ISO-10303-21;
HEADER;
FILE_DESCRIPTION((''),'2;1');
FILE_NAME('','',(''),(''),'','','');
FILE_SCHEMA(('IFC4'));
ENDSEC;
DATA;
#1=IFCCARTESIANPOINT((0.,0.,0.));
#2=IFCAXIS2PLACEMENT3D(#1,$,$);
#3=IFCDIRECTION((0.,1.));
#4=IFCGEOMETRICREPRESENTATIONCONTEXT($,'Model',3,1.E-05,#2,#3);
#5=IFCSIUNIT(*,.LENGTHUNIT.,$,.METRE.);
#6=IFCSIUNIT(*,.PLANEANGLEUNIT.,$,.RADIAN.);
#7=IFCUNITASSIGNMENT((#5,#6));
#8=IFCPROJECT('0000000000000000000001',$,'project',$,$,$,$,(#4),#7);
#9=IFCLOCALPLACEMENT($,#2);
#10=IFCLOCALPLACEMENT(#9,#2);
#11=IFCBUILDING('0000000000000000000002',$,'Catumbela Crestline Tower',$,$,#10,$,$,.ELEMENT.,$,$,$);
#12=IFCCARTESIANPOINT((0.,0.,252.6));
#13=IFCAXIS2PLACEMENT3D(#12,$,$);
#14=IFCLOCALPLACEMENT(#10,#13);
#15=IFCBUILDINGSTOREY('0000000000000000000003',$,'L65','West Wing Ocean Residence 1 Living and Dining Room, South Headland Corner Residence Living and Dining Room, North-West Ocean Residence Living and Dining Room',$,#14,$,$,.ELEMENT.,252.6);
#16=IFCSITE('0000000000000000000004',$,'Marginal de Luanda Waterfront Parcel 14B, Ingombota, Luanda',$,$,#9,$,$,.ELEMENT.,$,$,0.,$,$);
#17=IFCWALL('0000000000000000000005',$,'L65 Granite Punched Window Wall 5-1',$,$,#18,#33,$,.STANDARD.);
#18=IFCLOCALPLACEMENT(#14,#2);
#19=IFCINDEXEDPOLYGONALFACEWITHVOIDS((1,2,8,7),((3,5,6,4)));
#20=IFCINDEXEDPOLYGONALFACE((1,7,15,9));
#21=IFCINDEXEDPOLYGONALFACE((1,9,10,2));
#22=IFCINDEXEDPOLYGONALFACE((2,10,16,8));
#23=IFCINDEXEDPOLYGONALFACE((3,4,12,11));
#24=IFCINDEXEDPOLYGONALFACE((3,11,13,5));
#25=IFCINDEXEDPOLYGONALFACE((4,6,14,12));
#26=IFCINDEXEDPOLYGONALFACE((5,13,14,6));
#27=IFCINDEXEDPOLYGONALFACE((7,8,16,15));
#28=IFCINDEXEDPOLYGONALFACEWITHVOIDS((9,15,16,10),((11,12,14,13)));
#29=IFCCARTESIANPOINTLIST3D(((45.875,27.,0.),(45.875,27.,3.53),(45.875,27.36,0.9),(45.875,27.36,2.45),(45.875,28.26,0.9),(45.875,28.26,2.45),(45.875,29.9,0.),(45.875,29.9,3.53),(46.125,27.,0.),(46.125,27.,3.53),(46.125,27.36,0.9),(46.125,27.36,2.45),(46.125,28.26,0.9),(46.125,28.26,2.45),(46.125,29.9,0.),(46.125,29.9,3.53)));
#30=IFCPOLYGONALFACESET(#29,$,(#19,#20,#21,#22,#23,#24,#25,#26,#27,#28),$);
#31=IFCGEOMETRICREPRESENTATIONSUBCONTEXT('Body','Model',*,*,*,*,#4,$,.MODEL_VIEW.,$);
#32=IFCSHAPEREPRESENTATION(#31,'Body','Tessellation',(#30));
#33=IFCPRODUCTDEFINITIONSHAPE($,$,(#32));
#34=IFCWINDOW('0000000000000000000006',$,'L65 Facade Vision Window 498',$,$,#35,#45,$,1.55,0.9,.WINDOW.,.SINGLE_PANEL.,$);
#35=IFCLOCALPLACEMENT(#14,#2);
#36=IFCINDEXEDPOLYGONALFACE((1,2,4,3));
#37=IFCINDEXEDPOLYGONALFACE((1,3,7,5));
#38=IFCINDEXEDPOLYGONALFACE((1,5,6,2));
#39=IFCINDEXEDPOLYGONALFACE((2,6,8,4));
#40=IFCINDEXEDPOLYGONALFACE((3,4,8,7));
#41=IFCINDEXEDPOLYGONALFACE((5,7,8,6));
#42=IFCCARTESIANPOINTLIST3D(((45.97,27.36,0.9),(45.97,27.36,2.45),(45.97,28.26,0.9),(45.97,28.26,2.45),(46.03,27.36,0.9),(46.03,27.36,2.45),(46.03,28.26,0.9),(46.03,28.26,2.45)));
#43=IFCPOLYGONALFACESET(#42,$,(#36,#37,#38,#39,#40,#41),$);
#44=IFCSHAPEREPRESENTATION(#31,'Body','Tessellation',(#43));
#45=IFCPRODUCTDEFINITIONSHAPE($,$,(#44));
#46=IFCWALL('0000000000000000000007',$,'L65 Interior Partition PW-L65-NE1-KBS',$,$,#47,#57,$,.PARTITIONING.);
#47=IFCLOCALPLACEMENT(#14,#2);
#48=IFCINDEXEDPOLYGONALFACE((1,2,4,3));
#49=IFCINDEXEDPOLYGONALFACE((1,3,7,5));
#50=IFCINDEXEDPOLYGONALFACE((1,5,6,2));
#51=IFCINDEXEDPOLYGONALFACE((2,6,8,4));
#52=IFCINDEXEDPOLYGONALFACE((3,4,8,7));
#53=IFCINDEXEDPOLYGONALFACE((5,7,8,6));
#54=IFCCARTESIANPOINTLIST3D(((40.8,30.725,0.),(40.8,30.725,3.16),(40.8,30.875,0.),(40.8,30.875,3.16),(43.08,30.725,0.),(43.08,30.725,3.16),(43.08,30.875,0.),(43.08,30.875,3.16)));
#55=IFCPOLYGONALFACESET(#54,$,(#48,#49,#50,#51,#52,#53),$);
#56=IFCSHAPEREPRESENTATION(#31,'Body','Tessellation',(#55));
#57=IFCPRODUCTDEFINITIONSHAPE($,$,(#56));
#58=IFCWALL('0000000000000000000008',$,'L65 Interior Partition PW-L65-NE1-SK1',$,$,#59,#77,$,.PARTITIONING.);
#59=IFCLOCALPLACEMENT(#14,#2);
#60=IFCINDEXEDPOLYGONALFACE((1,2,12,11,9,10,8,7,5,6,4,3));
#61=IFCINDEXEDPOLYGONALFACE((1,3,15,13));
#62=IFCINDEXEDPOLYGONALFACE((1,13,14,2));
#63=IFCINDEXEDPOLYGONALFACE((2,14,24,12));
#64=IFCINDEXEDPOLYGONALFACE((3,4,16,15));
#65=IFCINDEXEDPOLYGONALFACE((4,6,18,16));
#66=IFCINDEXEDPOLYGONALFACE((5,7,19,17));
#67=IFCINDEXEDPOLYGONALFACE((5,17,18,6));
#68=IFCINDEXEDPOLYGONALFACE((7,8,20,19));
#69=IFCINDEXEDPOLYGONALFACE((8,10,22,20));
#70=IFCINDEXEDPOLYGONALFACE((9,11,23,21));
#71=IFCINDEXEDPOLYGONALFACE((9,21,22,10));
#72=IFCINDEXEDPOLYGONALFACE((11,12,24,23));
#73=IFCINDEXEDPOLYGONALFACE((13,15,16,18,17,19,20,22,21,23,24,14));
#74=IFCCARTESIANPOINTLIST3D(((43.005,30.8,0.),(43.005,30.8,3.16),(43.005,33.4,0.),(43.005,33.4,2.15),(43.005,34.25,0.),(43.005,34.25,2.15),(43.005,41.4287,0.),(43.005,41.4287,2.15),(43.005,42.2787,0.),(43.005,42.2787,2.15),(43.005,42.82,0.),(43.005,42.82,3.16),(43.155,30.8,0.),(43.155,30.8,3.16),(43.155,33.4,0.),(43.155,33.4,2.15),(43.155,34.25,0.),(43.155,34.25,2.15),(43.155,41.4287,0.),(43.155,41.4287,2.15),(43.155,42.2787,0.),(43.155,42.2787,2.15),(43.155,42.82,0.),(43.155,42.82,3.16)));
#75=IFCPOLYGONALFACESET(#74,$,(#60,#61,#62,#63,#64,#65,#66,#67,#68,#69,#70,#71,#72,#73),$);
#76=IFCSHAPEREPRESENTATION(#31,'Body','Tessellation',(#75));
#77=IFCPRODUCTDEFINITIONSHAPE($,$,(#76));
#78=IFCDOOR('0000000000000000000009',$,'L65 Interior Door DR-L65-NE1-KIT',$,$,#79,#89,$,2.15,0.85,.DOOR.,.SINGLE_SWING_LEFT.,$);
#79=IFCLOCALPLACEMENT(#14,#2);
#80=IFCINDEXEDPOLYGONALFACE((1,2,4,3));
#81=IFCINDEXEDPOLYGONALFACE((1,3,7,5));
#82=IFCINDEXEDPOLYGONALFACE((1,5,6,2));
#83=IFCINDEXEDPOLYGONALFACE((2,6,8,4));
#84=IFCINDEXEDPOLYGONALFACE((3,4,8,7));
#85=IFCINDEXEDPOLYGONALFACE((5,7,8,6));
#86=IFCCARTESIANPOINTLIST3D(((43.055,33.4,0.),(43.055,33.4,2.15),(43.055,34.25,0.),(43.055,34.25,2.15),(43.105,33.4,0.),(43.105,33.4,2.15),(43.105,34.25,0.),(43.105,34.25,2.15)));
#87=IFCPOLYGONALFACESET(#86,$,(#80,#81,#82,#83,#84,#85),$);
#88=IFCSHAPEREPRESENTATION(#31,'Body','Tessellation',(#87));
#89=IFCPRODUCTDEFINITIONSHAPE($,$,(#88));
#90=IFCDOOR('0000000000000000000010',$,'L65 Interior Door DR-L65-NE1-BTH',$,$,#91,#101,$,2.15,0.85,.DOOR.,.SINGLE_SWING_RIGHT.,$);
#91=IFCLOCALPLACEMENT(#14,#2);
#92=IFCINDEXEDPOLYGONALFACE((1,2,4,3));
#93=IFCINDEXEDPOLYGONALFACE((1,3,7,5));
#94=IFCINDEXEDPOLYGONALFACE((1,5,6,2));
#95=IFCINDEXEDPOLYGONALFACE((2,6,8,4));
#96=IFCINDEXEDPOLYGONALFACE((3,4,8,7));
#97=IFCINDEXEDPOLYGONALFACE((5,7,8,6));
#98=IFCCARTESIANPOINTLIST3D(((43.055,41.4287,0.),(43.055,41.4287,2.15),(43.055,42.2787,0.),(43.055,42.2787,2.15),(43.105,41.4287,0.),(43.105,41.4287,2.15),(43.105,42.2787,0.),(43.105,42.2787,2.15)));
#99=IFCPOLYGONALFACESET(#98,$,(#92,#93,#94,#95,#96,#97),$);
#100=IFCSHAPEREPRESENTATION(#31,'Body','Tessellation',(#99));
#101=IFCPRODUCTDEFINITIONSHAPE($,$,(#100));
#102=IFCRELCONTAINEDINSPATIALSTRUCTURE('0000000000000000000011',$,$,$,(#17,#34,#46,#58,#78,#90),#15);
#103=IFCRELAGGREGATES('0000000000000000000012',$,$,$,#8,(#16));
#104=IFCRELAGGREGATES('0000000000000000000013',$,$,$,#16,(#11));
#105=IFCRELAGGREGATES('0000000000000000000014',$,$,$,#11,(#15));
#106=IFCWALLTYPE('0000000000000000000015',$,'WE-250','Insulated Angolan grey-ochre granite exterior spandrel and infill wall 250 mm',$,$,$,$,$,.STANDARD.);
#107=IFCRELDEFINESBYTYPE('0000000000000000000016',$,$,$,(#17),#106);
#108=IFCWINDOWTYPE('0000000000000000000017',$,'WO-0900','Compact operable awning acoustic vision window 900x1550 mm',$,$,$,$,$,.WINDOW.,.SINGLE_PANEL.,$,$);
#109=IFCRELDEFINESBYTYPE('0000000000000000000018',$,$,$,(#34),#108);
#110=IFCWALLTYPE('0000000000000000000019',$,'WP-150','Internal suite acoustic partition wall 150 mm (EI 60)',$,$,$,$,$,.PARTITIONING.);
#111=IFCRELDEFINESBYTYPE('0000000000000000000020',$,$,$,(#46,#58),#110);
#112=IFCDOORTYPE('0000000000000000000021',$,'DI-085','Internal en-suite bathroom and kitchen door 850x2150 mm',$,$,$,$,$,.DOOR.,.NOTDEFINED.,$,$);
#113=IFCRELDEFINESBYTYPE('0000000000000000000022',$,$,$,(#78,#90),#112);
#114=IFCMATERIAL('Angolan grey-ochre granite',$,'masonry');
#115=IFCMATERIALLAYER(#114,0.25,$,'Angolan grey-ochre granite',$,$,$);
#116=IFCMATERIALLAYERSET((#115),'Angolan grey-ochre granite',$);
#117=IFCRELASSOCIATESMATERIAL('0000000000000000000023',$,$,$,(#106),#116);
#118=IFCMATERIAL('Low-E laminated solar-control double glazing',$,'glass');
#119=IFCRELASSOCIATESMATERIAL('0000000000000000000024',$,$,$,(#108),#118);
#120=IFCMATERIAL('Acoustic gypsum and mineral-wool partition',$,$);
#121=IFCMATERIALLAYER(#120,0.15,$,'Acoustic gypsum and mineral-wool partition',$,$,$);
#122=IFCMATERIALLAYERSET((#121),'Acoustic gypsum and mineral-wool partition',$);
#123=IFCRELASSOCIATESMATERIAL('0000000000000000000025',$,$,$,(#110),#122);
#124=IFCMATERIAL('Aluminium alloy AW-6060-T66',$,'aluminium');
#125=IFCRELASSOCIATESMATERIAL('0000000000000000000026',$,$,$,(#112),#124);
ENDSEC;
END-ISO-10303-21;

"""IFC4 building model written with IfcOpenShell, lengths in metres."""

from ifc_helpers import new_model, si_unit, direction, frame, frame_2d, origin, place, context, subcontext, project, spatial, rectangle, extrude, material, layer, layer_set, type_object, element, fill, save


model = new_model("IFC4")

# Units and contexts
model_context = context("Model", 3, precision=1e-05, world=origin(), true_north=direction((0.0, 1.0)))
body_context = subcontext(model_context, "Body", "Model", "MODEL_VIEW")
ifc_project = project(units=[si_unit("LENGTHUNIT", "METRE"), si_unit("PLANEANGLEUNIT", "RADIAN")], contexts=[model_context])

# Site, building, storey
site_placement = place(None, origin())
site = spatial("IfcSite", under=ifc_project, at=site_placement, Name="Marginal de Luanda Waterfront Parcel 14B, Ingombota, Luanda", CompositionType="ELEMENT", RefElevation=0.0)
building_placement = place(site_placement, origin())
building = spatial("IfcBuilding", under=site, at=building_placement, Name="Catumbela Crestline Tower", CompositionType="ELEMENT")
storey_placement = place(building_placement, frame((0.0, 0.0, 252.6)))
storey = spatial("IfcBuildingStorey", under=building, at=storey_placement, Name="L65", Description="West Wing Ocean Residence 1 Living and Dining Room, South Headland Corner Residence Living and Dining Room, North-West Ocean Residence Living and Dining Room", CompositionType="ELEMENT", Elevation=252.6)

# Shared definitions
ifc_material_1 = material(Name="Aluminium alloy AW-6060-T66", Category="aluminium")

# Shared definitions
ifc_material_2 = material(Name="Low-E laminated solar-control double glazing", Category="glass")

# Shared definitions
ifc_material_3 = material(Name="Acoustic gypsum and mineral-wool partition")
ifc_material_4 = material(Name="Angolan grey-ochre granite", Category="masonry")
ifc_layer_1 = layer(ifc_material_4, 0.25, Name="Angolan grey-ochre granite")
ifc_layer_set_1 = layer_set([ifc_layer_1], Name="Angolan grey-ochre granite")
wall_type_1 = type_object("IfcWallType", Name="WE-250", Description="Insulated Angolan grey-ochre granite exterior spandrel and infill wall 250 mm", PredefinedType="STANDARD", material=ifc_layer_set_1)

# Wall, opening, window
wall_1_placement = place(storey_placement, frame((46.0, 27.0, 0.0), z_axis=(0.0, 0.0, 1.0), x_axis=(0.0, 1.0, 0.0)))
wall_1 = element("IfcWall", 1, at=wall_1_placement, inside=storey, type_object=wall_type_1, Name="L65 Granite Punched Window Wall 5-1", PredefinedType="STANDARD", context=body_context, shape_type="SweptSolid", body=[
    extrude(rectangle(XDim=2.9, YDim=0.25, at=frame_2d((1.45, 0.0))), origin(), (0.0, 0.0, 1.0), 3.53),
])
opening_1_placement = place(wall_1_placement, frame((0.36, 0.0, 0.9)))
opening_1 = element("IfcOpeningElement", 2, at=opening_1_placement, cuts=wall_1, PredefinedType="OPENING", context=body_context, shape_type="SweptSolid", body=[
    extrude(rectangle(XDim=0.9, YDim=1.55, at=frame_2d((0.45, 0.775))), frame((0.0, 0.135, 0.0), z_axis=(0.0, -1.0, 0.0), x_axis=(1.0, 0.0, 0.0)), (0.0, 0.0, 1.0), 0.27),
])
window_type = type_object("IfcWindowType", Name="WO-0900", Description="Compact operable awning acoustic vision window 900x1550 mm", PartitioningType="SINGLE_PANEL", PredefinedType="WINDOW", material=ifc_material_2)
window_placement = place(opening_1_placement, origin())
window = element("IfcWindow", 3, at=window_placement, inside=storey, type_object=window_type, Name="L65 Facade Vision Window 498", OverallHeight=1.55, OverallWidth=0.9, PartitioningType="SINGLE_PANEL", PredefinedType="WINDOW", context=body_context, shape_type="SweptSolid", body=[
    extrude(rectangle(XDim=0.9, YDim=1.55, at=frame_2d((0.45, 0.775))), frame((0.0, 0.03, 0.0), z_axis=(0.0, -1.0, 0.0), x_axis=(1.0, 0.0, 0.0)), (0.0, 0.0, 1.0), 0.06),
])
fill(opening_1, window)

# Wall
ifc_layer_2 = layer(ifc_material_3, 0.15, Name="Acoustic gypsum and mineral-wool partition")
ifc_layer_set_2 = layer_set([ifc_layer_2], Name="Acoustic gypsum and mineral-wool partition")
wall_type_2 = type_object("IfcWallType", Name="WP-150", Description="Internal suite acoustic partition wall 150 mm (EI 60)", PredefinedType="PARTITIONING", material=ifc_layer_set_2)
wall_2_placement = place(storey_placement, frame((40.8, 30.8, 0.0), z_axis=(0.0, 0.0, 1.0), x_axis=(1.0, 0.0, 0.0)))
element("IfcWall", 4, at=wall_2_placement, inside=storey, type_object=wall_type_2, Name="L65 Interior Partition PW-L65-NE1-KBS", PredefinedType="PARTITIONING", context=body_context, shape_type="SweptSolid", body=[
    extrude(rectangle(XDim=2.28, YDim=0.15, at=frame_2d((1.14, 0.0))), origin(), (0.0, 0.0, 1.0), 3.16),
])

# Wall, openings, doors
wall_3_placement = place(storey_placement, frame((43.08, 30.8, 0.0), z_axis=(0.0, 0.0, 1.0), x_axis=(0.0, 1.0, 0.0)))
wall_3 = element("IfcWall", 5, at=wall_3_placement, inside=storey, type_object=wall_type_2, Name="L65 Interior Partition PW-L65-NE1-SK1", PredefinedType="PARTITIONING", context=body_context, shape_type="SweptSolid", body=[
    extrude(rectangle(XDim=12.02, YDim=0.15, at=frame_2d((6.01, 0.0))), origin(), (0.0, 0.0, 1.0), 3.16),
])
opening_2_placement = place(wall_3_placement, frame((2.6, 0.0, 0.0)))
opening_2 = element("IfcOpeningElement", 6, at=opening_2_placement, cuts=wall_3, PredefinedType="OPENING", context=body_context, shape_type="SweptSolid", body=[
    extrude(rectangle(XDim=0.85, YDim=2.15, at=frame_2d((0.425, 1.075))), frame((0.0, 0.085, 0.0), z_axis=(0.0, -1.0, 0.0), x_axis=(1.0, 0.0, 0.0)), (0.0, 0.0, 1.0), 0.17),
])
opening_3_placement = place(wall_3_placement, frame((10.6287, 0.0, 0.0)))
opening_3 = element("IfcOpeningElement", 7, at=opening_3_placement, cuts=wall_3, PredefinedType="OPENING", context=body_context, shape_type="SweptSolid", body=[
    extrude(rectangle(XDim=0.85, YDim=2.15, at=frame_2d((0.425, 1.075))), frame((0.0, 0.085, 0.0), z_axis=(0.0, -1.0, 0.0), x_axis=(1.0, 0.0, 0.0)), (0.0, 0.0, 1.0), 0.17),
])
door_type_1 = type_object("IfcDoorType", Name="DI-085", Description="Internal en-suite bathroom and kitchen door 850x2150 mm", OperationType="NOTDEFINED", PredefinedType="DOOR", material=ifc_material_1)
door_1_placement = place(opening_2_placement, origin())
door_1 = element("IfcDoor", 8, at=door_1_placement, inside=storey, type_object=door_type_1, Name="L65 Interior Door DR-L65-NE1-KIT", OperationType="SINGLE_SWING_LEFT", OverallHeight=2.15, OverallWidth=0.85, PredefinedType="DOOR", context=body_context, shape_type="SweptSolid", body=[
    extrude(rectangle(XDim=0.85, YDim=2.15, at=frame_2d((0.425, 1.075))), frame((0.0, 0.025, 0.0), z_axis=(0.0, -1.0, 0.0), x_axis=(1.0, 0.0, 0.0)), (0.0, 0.0, 1.0), 0.05),
])
fill(opening_2, door_1)
door_2_placement = place(opening_3_placement, origin())
door_2 = element("IfcDoor", 9, at=door_2_placement, inside=storey, type_object=door_type_1, Name="L65 Interior Door DR-L65-NE1-BTH", OperationType="SINGLE_SWING_RIGHT", OverallHeight=2.15, OverallWidth=0.85, PredefinedType="DOOR", context=body_context, shape_type="SweptSolid", body=[
    extrude(rectangle(XDim=0.85, YDim=2.15, at=frame_2d((0.425, 1.075))), frame((0.0, 0.025, 0.0), z_axis=(0.0, -1.0, 0.0), x_axis=(1.0, 0.0, 0.0)), (0.0, 0.0, 1.0), 0.05),
])
fill(opening_3, door_2)

save(model, "model.ifc")
